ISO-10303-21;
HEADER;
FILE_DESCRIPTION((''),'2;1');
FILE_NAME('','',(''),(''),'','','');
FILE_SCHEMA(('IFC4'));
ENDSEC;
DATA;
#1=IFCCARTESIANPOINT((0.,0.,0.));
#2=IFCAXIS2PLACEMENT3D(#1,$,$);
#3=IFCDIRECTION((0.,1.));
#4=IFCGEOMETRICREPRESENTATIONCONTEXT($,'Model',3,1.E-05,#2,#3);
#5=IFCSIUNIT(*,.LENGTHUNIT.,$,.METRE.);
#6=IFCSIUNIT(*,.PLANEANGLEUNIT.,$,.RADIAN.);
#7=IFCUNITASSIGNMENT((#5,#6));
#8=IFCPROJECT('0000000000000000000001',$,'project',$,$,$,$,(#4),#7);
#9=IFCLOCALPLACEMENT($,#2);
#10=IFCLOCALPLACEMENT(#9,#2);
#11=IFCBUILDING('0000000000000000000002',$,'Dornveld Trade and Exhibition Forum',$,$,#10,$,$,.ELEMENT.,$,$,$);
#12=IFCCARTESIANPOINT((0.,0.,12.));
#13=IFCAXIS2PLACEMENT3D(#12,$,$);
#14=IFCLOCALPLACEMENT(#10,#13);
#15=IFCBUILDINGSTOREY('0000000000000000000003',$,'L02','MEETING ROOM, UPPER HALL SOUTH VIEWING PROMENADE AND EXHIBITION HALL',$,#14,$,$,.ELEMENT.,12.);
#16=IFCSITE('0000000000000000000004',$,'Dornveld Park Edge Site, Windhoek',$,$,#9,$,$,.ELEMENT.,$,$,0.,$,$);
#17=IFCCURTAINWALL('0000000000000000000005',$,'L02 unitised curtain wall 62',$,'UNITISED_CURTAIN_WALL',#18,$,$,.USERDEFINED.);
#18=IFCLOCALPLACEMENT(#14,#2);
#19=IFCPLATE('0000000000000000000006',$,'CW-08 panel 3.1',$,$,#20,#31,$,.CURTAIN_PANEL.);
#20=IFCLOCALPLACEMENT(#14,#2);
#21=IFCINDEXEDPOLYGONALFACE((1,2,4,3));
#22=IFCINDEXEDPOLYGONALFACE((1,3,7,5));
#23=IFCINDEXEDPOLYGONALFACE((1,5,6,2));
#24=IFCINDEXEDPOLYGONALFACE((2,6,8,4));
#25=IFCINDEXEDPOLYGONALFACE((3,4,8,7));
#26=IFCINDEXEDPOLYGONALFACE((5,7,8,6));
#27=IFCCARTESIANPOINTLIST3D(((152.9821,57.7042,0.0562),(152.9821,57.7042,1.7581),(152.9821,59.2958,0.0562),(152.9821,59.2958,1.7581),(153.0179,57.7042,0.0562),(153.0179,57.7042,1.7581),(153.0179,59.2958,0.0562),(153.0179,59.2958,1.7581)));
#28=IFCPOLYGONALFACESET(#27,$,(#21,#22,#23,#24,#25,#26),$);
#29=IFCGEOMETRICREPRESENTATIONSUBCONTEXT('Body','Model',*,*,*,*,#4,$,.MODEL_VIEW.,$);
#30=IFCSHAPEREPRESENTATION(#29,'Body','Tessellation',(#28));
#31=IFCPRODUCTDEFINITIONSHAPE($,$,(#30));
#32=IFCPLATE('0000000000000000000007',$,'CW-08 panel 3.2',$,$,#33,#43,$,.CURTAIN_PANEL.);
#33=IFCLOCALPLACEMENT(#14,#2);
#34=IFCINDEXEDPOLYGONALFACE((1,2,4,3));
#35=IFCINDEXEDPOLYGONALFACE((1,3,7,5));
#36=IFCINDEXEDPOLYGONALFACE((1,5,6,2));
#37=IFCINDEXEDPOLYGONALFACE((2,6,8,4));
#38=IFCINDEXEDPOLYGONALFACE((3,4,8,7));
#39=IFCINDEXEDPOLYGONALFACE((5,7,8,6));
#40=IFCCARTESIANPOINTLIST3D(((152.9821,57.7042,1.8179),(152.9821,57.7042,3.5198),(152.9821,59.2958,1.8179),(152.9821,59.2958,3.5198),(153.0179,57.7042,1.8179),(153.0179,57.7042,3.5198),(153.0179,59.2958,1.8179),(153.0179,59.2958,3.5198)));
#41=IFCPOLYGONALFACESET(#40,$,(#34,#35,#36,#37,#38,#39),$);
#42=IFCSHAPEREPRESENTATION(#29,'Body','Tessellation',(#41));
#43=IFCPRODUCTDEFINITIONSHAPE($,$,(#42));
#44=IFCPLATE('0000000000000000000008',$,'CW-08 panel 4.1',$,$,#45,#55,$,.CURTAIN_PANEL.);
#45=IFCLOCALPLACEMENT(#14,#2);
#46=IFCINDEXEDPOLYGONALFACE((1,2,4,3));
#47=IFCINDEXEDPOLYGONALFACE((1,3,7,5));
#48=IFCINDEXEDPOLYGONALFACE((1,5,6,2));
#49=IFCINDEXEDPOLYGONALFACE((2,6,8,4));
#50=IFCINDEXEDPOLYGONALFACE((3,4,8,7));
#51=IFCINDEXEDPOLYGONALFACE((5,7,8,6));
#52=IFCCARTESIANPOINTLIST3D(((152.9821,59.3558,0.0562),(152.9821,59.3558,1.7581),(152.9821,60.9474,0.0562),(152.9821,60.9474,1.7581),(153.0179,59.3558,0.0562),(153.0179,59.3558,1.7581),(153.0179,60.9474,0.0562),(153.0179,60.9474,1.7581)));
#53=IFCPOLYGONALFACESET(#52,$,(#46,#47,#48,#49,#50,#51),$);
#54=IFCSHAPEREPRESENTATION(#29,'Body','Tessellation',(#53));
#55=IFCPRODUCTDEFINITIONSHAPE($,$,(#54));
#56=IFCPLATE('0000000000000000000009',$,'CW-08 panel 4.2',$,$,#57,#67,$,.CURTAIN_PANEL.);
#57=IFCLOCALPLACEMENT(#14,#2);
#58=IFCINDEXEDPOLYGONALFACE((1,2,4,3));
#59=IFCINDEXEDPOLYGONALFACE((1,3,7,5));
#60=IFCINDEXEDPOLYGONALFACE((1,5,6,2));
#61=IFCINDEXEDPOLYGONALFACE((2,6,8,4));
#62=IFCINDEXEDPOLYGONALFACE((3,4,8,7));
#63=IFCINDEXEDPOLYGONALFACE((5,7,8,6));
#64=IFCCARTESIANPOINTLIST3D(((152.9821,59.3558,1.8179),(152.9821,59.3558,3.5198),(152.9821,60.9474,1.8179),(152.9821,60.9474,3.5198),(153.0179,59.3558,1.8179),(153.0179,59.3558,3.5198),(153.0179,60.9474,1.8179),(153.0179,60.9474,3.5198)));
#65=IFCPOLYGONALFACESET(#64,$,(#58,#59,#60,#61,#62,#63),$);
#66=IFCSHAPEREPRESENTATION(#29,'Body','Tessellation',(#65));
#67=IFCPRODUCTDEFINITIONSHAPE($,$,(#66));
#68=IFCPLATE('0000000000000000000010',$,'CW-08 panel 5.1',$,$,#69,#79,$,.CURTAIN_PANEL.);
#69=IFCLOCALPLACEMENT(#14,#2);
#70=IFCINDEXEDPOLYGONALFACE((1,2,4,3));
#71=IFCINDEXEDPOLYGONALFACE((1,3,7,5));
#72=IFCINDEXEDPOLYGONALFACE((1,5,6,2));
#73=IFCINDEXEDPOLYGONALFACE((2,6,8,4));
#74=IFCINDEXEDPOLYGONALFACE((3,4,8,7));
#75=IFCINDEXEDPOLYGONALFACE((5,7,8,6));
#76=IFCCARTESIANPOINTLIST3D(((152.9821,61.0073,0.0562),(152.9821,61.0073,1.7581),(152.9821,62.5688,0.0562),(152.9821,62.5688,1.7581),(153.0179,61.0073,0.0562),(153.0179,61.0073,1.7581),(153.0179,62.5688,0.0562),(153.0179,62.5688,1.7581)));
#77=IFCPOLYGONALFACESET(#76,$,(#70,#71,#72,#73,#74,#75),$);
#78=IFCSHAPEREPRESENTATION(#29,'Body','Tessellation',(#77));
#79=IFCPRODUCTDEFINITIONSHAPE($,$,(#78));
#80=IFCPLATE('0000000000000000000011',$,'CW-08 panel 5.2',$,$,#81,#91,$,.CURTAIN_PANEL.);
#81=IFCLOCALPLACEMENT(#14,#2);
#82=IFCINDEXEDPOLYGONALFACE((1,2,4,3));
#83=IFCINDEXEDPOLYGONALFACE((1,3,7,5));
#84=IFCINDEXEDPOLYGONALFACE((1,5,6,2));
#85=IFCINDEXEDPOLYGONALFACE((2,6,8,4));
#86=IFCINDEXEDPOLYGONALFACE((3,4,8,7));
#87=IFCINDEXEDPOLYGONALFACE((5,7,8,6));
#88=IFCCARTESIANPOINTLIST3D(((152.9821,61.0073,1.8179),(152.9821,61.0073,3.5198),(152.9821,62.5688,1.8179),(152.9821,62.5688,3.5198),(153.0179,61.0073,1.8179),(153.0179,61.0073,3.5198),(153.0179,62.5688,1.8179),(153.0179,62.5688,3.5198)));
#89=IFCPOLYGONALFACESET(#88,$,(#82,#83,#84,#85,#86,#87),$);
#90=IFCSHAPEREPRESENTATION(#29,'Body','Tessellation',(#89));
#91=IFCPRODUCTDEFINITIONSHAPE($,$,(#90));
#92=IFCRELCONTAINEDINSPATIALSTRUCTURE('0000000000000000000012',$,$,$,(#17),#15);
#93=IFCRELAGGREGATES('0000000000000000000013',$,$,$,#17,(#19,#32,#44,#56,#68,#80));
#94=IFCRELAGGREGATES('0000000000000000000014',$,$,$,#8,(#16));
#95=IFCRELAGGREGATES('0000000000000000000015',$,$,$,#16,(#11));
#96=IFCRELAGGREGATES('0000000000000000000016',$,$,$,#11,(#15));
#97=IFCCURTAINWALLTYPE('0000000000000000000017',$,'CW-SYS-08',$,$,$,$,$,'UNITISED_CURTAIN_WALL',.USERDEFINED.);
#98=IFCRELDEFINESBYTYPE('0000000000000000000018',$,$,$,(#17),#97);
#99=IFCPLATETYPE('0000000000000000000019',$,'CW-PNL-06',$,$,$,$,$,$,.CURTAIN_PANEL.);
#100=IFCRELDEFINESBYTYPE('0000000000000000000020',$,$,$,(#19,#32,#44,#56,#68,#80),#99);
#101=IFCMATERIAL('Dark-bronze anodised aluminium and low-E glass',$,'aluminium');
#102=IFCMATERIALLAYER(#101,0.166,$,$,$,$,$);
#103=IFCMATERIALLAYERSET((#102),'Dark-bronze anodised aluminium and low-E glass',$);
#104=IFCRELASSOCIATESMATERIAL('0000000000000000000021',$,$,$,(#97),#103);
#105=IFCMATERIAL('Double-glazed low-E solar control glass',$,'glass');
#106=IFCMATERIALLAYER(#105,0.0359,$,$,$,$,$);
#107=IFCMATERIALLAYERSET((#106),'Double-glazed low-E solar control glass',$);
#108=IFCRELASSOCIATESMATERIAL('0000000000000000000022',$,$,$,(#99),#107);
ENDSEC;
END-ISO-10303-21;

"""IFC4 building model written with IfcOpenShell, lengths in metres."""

from ifc_helpers import new_model, si_unit, direction, frame, origin, origin_2d, place, context, subcontext, project, spatial, rectangle, extrude, material, layer, layer_set, type_object, element, aggregate, save


model = new_model("IFC4")

# Units and contexts
model_context = context("Model", 3, precision=1e-05, world=origin(), true_north=direction((0.0, 1.0)))
body_context = subcontext(model_context, "Body", "Model", "MODEL_VIEW")
ifc_project = project(units=[si_unit("LENGTHUNIT", "METRE"), si_unit("PLANEANGLEUNIT", "RADIAN")], contexts=[model_context])

# Site, building, storey
site_placement = place(None, origin())
site = spatial("IfcSite", under=ifc_project, at=site_placement, Name="Dornveld Park Edge Site, Windhoek", CompositionType="ELEMENT", RefElevation=0.0)
building_placement = place(site_placement, origin())
building = spatial("IfcBuilding", under=site, at=building_placement, Name="Dornveld Trade and Exhibition Forum", CompositionType="ELEMENT")
storey_placement = place(building_placement, frame((0.0, 0.0, 12.0)))
storey = spatial("IfcBuildingStorey", under=building, at=storey_placement, Name="L02", Description="MEETING ROOM, UPPER HALL SOUTH VIEWING PROMENADE AND EXHIBITION HALL", CompositionType="ELEMENT", Elevation=12.0)

# Curtain wall, plates
ifc_material_1 = material(Name="Dark-bronze anodised aluminium and low-E glass", Category="aluminium")
ifc_layer_1 = layer(ifc_material_1, 0.166)
ifc_layer_set_1 = layer_set([ifc_layer_1], Name="Dark-bronze anodised aluminium and low-E glass")
curtain_wall_type = type_object("IfcCurtainWallType", Name="CW-SYS-08", ElementType="UNITISED_CURTAIN_WALL", PredefinedType="USERDEFINED", material=ifc_layer_set_1)
curtain_wall_placement = place(storey_placement, origin())
curtain_wall = element("IfcCurtainWall", 1, at=curtain_wall_placement, inside=storey, type_object=curtain_wall_type, Name="L02 unitised curtain wall 62", ObjectType="UNITISED_CURTAIN_WALL", PredefinedType="USERDEFINED")
ifc_material_2 = material(Name="Double-glazed low-E solar control glass", Category="glass")
ifc_layer_2 = layer(ifc_material_2, 0.0359)
ifc_layer_set_2 = layer_set([ifc_layer_2], Name="Double-glazed low-E solar control glass")
plate_type = type_object("IfcPlateType", Name="CW-PNL-06", PredefinedType="CURTAIN_PANEL", material=ifc_layer_set_2)
plate_1_placement = place(storey_placement, frame((153.0, 58.5, 0.0562), z_axis=(0.0, 0.0, 1.0), x_axis=(0.0, 1.0, 0.0)))
plate_1 = element("IfcPlate", 2, at=plate_1_placement, type_object=plate_type, Name="CW-08 panel 3.1", PredefinedType="CURTAIN_PANEL", context=body_context, shape_type="SweptSolid", body=[
    extrude(rectangle(XDim=1.5916, YDim=0.0359, at=origin_2d()), origin(), (0.0, 0.0, 1.0), 1.7019),
])
plate_2_placement = place(storey_placement, frame((153.0, 58.5, 1.8179), z_axis=(0.0, 0.0, 1.0), x_axis=(0.0, 1.0, 0.0)))
plate_2 = element("IfcPlate", 3, at=plate_2_placement, type_object=plate_type, Name="CW-08 panel 3.2", PredefinedType="CURTAIN_PANEL", context=body_context, shape_type="SweptSolid", body=[
    extrude(rectangle(XDim=1.5916, YDim=0.0359, at=origin_2d()), origin(), (0.0, 0.0, 1.0), 1.7019),
])
plate_3_placement = place(storey_placement, frame((153.0, 60.1516, 0.0562), z_axis=(0.0, 0.0, 1.0), x_axis=(0.0, 1.0, 0.0)))
plate_3 = element("IfcPlate", 4, at=plate_3_placement, type_object=plate_type, Name="CW-08 panel 4.1", PredefinedType="CURTAIN_PANEL", context=body_context, shape_type="SweptSolid", body=[
    extrude(rectangle(XDim=1.5916, YDim=0.0359, at=origin_2d()), origin(), (0.0, 0.0, 1.0), 1.7019),
])
plate_4_placement = place(storey_placement, frame((153.0, 60.1516, 1.8179), z_axis=(0.0, 0.0, 1.0), x_axis=(0.0, 1.0, 0.0)))
plate_4 = element("IfcPlate", 5, at=plate_4_placement, type_object=plate_type, Name="CW-08 panel 4.2", PredefinedType="CURTAIN_PANEL", context=body_context, shape_type="SweptSolid", body=[
    extrude(rectangle(XDim=1.5916, YDim=0.0359, at=origin_2d()), origin(), (0.0, 0.0, 1.0), 1.7019),
])
plate_5_placement = place(storey_placement, frame((153.0, 61.7881, 0.0562), z_axis=(0.0, 0.0, 1.0), x_axis=(0.0, 1.0, 0.0)))
plate_5 = element("IfcPlate", 6, at=plate_5_placement, type_object=plate_type, Name="CW-08 panel 5.1", PredefinedType="CURTAIN_PANEL", context=body_context, shape_type="SweptSolid", body=[
    extrude(rectangle(XDim=1.5615, YDim=0.0359, at=origin_2d()), origin(), (0.0, 0.0, 1.0), 1.7019),
])
plate_6_placement = place(storey_placement, frame((153.0, 61.7881, 1.8179), z_axis=(0.0, 0.0, 1.0), x_axis=(0.0, 1.0, 0.0)))
plate_6 = element("IfcPlate", 7, at=plate_6_placement, type_object=plate_type, Name="CW-08 panel 5.2", PredefinedType="CURTAIN_PANEL", context=body_context, shape_type="SweptSolid", body=[
    extrude(rectangle(XDim=1.5615, YDim=0.0359, at=origin_2d()), origin(), (0.0, 0.0, 1.0), 1.7019),
])
aggregate(curtain_wall, [plate_1, plate_2, plate_3, plate_4, plate_5, plate_6])

save(model, "model.ifc")
